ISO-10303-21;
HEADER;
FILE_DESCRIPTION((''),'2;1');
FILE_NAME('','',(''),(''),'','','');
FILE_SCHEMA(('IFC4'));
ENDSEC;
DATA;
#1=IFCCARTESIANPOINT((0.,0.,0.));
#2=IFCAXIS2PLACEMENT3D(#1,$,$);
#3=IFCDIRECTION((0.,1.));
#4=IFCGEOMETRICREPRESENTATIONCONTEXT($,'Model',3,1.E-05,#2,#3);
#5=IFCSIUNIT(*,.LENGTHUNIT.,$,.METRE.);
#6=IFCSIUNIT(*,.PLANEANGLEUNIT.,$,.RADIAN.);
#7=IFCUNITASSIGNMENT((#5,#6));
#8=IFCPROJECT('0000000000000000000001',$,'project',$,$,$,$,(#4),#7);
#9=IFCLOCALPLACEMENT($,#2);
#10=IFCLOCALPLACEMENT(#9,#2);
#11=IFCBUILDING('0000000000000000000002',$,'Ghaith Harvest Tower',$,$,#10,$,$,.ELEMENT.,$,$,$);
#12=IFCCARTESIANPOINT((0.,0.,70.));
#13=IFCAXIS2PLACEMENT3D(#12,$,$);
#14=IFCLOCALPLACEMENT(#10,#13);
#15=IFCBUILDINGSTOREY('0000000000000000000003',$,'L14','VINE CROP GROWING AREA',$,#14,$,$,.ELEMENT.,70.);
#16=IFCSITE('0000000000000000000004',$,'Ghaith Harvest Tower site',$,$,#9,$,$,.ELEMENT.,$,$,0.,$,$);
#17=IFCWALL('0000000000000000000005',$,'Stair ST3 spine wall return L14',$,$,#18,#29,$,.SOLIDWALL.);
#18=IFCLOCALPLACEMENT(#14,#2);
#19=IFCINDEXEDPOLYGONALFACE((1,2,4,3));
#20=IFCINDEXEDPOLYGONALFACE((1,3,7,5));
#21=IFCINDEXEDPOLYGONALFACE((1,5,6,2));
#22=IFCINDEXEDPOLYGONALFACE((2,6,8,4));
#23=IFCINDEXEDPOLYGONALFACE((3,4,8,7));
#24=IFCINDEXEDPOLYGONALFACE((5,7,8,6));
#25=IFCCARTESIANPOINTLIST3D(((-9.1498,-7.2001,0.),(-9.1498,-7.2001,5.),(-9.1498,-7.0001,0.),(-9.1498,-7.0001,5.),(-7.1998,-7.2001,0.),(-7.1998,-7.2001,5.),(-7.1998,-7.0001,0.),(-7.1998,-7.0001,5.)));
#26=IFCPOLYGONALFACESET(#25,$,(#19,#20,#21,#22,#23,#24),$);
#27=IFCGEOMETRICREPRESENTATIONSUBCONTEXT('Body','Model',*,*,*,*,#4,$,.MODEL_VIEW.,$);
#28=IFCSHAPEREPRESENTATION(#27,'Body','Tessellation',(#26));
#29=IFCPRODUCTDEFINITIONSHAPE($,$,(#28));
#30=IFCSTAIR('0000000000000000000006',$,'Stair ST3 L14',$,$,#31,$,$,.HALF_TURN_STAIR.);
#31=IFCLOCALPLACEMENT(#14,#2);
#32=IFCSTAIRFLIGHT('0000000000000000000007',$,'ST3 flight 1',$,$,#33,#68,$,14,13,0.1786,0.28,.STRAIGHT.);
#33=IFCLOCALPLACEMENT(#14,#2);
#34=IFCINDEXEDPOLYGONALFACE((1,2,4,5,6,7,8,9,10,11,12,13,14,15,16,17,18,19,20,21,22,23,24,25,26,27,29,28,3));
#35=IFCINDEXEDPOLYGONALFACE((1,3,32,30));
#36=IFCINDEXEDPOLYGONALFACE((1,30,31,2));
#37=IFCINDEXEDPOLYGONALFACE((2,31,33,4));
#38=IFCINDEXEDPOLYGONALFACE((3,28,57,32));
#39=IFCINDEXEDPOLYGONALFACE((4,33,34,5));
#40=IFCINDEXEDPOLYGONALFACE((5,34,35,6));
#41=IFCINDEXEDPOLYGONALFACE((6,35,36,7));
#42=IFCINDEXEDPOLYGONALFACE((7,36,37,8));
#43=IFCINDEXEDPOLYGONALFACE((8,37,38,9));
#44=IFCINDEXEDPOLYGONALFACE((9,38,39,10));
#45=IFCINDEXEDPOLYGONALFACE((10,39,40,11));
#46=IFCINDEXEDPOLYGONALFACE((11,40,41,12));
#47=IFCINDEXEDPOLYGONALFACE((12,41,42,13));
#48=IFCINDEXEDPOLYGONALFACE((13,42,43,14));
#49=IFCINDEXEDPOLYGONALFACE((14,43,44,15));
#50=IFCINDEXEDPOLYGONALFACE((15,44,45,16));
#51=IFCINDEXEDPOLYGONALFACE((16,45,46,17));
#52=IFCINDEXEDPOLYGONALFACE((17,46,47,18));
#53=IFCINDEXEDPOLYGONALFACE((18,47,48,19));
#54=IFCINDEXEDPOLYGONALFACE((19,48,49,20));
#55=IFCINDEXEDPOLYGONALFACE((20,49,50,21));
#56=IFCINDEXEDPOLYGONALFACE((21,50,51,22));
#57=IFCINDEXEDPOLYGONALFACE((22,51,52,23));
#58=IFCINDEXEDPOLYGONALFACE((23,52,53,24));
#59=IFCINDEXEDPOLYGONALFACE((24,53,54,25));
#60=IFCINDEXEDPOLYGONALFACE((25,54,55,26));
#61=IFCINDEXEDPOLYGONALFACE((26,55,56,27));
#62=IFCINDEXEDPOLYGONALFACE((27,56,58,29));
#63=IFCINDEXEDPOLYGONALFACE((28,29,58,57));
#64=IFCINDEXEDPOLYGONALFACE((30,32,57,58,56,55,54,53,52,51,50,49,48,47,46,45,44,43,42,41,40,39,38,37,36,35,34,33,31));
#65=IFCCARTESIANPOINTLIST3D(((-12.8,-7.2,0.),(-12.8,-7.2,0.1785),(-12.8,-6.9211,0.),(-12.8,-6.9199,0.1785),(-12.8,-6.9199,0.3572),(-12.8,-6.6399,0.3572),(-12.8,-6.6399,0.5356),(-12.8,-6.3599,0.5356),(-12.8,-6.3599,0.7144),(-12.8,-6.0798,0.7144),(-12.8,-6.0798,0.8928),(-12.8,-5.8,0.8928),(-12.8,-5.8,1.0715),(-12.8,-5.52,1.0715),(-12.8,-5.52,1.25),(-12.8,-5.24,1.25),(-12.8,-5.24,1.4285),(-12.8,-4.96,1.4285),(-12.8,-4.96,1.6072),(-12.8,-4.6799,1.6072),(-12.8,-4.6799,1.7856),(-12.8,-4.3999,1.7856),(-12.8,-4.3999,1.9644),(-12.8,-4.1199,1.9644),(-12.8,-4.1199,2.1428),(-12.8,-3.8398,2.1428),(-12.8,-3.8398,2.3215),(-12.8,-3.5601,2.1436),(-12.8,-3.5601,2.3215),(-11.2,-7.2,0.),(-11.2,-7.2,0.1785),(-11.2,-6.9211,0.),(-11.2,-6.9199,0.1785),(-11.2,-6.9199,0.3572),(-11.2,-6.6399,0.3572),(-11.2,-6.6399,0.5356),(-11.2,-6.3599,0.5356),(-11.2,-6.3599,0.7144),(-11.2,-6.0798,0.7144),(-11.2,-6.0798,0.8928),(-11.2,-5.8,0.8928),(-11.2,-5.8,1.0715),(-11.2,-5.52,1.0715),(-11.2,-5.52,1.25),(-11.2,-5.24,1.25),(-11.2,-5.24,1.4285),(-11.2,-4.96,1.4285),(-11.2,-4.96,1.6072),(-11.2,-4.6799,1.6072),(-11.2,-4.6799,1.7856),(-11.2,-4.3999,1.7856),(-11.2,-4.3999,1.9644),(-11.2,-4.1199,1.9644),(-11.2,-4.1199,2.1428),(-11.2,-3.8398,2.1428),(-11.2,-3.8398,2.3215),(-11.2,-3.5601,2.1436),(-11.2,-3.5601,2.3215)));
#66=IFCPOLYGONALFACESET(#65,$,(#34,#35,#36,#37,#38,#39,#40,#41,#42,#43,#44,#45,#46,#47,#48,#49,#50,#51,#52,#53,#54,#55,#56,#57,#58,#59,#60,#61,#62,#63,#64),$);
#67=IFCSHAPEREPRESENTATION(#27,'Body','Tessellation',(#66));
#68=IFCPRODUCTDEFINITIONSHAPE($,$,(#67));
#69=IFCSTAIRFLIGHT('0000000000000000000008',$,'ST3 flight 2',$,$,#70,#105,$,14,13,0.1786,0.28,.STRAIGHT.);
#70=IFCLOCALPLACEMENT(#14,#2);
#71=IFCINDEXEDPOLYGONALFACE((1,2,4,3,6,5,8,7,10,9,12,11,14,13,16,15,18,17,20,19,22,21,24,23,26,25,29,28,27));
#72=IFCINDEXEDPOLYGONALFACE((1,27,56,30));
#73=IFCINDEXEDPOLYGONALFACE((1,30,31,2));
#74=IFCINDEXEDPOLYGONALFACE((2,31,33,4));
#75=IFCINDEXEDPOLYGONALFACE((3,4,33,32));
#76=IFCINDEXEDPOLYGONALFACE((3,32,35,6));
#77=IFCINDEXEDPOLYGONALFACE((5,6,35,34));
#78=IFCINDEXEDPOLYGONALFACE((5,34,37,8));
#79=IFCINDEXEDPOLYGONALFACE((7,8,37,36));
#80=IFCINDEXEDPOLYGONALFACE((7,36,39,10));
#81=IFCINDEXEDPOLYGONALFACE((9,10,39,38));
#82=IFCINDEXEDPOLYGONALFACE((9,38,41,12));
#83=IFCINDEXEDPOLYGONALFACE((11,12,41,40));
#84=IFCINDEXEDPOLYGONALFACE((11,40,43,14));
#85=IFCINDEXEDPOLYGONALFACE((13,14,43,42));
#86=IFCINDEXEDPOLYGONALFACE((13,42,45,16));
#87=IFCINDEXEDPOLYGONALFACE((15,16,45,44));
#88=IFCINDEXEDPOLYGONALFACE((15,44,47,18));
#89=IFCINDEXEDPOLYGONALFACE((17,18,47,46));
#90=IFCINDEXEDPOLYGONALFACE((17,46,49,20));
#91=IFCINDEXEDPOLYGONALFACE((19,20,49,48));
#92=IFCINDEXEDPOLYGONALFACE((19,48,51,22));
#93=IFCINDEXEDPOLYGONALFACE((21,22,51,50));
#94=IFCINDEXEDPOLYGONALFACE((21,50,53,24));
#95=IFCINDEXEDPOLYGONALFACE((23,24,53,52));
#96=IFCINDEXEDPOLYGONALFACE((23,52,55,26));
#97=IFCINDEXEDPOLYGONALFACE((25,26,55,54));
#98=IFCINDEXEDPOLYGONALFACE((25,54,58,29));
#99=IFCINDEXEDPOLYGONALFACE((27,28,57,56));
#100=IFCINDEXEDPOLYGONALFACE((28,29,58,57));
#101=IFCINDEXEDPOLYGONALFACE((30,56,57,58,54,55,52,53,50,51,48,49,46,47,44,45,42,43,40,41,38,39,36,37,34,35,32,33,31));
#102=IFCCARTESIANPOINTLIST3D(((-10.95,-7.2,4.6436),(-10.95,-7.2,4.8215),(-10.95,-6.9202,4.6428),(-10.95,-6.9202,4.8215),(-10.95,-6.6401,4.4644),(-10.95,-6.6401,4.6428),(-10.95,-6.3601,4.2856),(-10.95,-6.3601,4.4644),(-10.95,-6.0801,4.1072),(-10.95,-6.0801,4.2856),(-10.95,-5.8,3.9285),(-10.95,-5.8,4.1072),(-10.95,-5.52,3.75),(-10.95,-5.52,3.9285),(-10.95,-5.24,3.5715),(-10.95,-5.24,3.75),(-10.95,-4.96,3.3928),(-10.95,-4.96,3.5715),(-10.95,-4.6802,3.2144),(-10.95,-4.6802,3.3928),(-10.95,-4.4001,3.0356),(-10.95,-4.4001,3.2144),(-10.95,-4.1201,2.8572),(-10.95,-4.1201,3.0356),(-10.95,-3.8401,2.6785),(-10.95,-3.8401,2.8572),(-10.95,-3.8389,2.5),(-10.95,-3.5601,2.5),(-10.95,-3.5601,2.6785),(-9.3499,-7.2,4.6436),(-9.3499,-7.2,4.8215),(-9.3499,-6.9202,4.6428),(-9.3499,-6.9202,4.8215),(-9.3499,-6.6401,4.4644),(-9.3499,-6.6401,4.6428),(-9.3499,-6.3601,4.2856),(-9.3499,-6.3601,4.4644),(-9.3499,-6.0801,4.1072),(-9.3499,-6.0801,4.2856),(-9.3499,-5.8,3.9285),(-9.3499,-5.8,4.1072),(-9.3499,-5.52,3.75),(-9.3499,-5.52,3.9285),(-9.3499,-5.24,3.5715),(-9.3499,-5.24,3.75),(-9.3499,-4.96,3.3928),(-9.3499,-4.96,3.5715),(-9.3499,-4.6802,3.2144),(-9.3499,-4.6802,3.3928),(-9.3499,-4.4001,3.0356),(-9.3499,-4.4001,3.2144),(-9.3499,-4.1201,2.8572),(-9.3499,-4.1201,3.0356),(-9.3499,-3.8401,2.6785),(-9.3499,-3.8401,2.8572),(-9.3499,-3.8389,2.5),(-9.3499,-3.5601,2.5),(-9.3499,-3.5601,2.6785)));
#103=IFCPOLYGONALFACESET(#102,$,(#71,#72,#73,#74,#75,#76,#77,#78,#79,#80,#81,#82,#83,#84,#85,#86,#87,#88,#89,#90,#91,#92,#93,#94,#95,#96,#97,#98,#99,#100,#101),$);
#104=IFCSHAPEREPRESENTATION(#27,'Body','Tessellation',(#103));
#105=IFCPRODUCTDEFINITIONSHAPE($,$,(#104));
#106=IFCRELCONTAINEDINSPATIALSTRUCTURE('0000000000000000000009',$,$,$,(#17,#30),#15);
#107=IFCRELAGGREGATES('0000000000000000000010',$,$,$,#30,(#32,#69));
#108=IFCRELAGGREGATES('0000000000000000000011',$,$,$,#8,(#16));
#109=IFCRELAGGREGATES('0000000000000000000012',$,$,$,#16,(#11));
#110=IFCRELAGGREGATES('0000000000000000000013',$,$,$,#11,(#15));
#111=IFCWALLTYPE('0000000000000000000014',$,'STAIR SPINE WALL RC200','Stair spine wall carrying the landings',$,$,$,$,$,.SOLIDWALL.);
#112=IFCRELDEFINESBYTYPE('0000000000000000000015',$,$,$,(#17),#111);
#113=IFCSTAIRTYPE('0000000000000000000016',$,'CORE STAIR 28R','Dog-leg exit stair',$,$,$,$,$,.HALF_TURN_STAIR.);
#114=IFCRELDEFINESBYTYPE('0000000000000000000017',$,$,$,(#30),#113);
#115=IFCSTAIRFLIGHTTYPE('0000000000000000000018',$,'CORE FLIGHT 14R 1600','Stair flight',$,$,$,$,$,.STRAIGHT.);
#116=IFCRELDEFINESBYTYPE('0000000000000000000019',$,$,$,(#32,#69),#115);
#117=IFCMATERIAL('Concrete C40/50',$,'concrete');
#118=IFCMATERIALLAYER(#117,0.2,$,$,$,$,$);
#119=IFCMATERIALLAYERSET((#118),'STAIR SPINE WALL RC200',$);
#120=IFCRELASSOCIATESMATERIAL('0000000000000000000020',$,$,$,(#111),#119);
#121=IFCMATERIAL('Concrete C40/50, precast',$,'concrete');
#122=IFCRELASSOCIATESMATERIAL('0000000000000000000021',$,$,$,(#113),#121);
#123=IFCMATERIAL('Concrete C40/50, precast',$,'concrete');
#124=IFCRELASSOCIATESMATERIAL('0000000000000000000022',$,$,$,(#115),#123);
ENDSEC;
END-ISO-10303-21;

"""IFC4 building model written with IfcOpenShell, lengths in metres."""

from ifc_helpers import new_model, si_unit, direction, frame, frame_2d, origin, place, context, subcontext, project, spatial, polyline, rectangle, outline, extrude, material, layer, layer_set, type_object, element, aggregate, save


model = new_model("IFC4")

# Units and contexts
model_context = context("Model", 3, precision=1e-05, world=origin(), true_north=direction((0.0, 1.0)))
body_context = subcontext(model_context, "Body", "Model", "MODEL_VIEW")
ifc_project = project(units=[si_unit("LENGTHUNIT", "METRE"), si_unit("PLANEANGLEUNIT", "RADIAN")], contexts=[model_context])

# Site, building, storey
site_placement = place(None, origin())
site = spatial("IfcSite", under=ifc_project, at=site_placement, Name="Ghaith Harvest Tower site", CompositionType="ELEMENT", RefElevation=0.0)
building_placement = place(site_placement, origin())
building = spatial("IfcBuilding", under=site, at=building_placement, Name="Ghaith Harvest Tower", CompositionType="ELEMENT")
storey_placement = place(building_placement, frame((0.0, 0.0, 70.0)))
storey = spatial("IfcBuildingStorey", under=building, at=storey_placement, Name="L14", Description="VINE CROP GROWING AREA", CompositionType="ELEMENT", Elevation=70.0)

# Wall
ifc_material_1 = material(Name="Concrete C40/50", Category="concrete")
ifc_layer_1 = layer(ifc_material_1, 0.2)
ifc_layer_set_1 = layer_set([ifc_layer_1], Name="STAIR SPINE WALL RC200")
wall_type_1 = type_object("IfcWallType", Name="STAIR SPINE WALL RC200", Description="Stair spine wall carrying the landings", PredefinedType="SOLIDWALL", material=ifc_layer_set_1)
wall_1_placement = place(storey_placement, frame((-9.1499, -7.1001, 0.0), z_axis=(0.0, 0.0, 1.0), x_axis=(1.0, 0.0, 0.0)))
element("IfcWall", 1, at=wall_1_placement, inside=storey, type_object=wall_type_1, Name="Stair ST3 spine wall return L14", PredefinedType="SOLIDWALL", context=body_context, shape_type="SweptSolid", body=[
    extrude(rectangle(XDim=1.95, YDim=0.2, at=frame_2d((0.9751, 0.0))), origin(), (0.0, 0.0, 1.0), 5.0),
])

# Stair, stair flights
ifc_material_2 = material(Name="Concrete C40/50, precast", Category="concrete")
stair_type = type_object("IfcStairType", Name="CORE STAIR 28R", Description="Dog-leg exit stair", PredefinedType="HALF_TURN_STAIR", material=ifc_material_2)
stair_placement = place(storey_placement, origin())
stair = element("IfcStair", 2, at=stair_placement, inside=storey, type_object=stair_type, Name="Stair ST3 L14", PredefinedType="HALF_TURN_STAIR")
ifc_material_3 = material(Name="Concrete C40/50, precast", Category="concrete")
stair_flight_type = type_object("IfcStairFlightType", Name="CORE FLIGHT 14R 1600", Description="Stair flight", PredefinedType="STRAIGHT", material=ifc_material_3)
stair_flight_1_placement = place(storey_placement, frame((-12.0, -7.2, 0.0), z_axis=(0.0, 0.0, 1.0), x_axis=(0.0, 1.0, 0.0)))
stair_flight_1 = element("IfcStairFlight", 3, at=stair_flight_1_placement, type_object=stair_flight_type, Name="ST3 flight 1", NumberOfRisers=14, NumberOfTreads=13, PredefinedType="STRAIGHT", RiserHeight=0.1786, TreadLength=0.28, context=body_context, shape_type="SweptSolid", body=[
    extrude(outline(polyline([(0.0, 0.0), (0.0, 0.1785), (0.28, 0.1785), (0.28, 0.3572), (0.5601, 0.3572), (0.5601, 0.5356), (0.8401, 0.5356), (0.8401, 0.7144), (1.1201, 0.7144), (1.1201, 0.8928), (1.3999, 0.8928), (1.3999, 1.0715), (1.6799, 1.0715), (1.6799, 1.25), (1.96, 1.25), (1.96, 1.4285), (2.24, 1.4285), (2.24, 1.6072), (2.52, 1.6072), (2.52, 1.7856), (2.8, 1.7856), (2.8, 1.9644), (3.0801, 1.9644), (3.0801, 2.1428), (3.3601, 2.1428), (3.3601, 2.3215), (3.6399, 2.3215), (3.6399, 2.5), (3.6399, 2.1436), (0.2788, 0.0), (0.0, 0.0)])), frame((0.0, 0.8, 0.0), z_axis=(0.0, -1.0, 0.0), x_axis=(1.0, 0.0, 0.0)), (0.0, 0.0, 1.0), 1.6001),
])
stair_flight_2_placement = place(storey_placement, frame((-10.1499, -3.5601, 2.5), z_axis=(0.0, 0.0, 1.0), x_axis=(0.0, -1.0, 0.0)))
stair_flight_2 = element("IfcStairFlight", 4, at=stair_flight_2_placement, type_object=stair_flight_type, Name="ST3 flight 2", NumberOfRisers=14, NumberOfTreads=13, PredefinedType="STRAIGHT", RiserHeight=0.1786, TreadLength=0.28, context=body_context, shape_type="SweptSolid", body=[
    extrude(outline(polyline([(0.0, 0.0), (0.0, 0.1785), (0.28, 0.1785), (0.28, 0.3572), (0.5601, 0.3572), (0.5601, 0.5356), (0.8401, 0.5356), (0.8401, 0.7144), (1.1201, 0.7144), (1.1201, 0.8928), (1.3999, 0.8928), (1.3999, 1.0715), (1.6799, 1.0715), (1.6799, 1.25), (1.96, 1.25), (1.96, 1.4285), (2.24, 1.4285), (2.24, 1.6072), (2.52, 1.6072), (2.52, 1.7856), (2.8, 1.7856), (2.8, 1.9644), (3.0801, 1.9644), (3.0801, 2.1428), (3.3601, 2.1428), (3.3601, 2.3215), (3.6399, 2.3215), (3.6399, 2.5), (3.6399, 2.1436), (0.2788, 0.0), (0.0, 0.0)])), frame((0.0, 0.8, 0.0), z_axis=(0.0, -1.0, 0.0), x_axis=(1.0, 0.0, 0.0)), (0.0, 0.0, 1.0), 1.6001),
])
aggregate(stair, [stair_flight_1, stair_flight_2])

save(model, "model.ifc")
